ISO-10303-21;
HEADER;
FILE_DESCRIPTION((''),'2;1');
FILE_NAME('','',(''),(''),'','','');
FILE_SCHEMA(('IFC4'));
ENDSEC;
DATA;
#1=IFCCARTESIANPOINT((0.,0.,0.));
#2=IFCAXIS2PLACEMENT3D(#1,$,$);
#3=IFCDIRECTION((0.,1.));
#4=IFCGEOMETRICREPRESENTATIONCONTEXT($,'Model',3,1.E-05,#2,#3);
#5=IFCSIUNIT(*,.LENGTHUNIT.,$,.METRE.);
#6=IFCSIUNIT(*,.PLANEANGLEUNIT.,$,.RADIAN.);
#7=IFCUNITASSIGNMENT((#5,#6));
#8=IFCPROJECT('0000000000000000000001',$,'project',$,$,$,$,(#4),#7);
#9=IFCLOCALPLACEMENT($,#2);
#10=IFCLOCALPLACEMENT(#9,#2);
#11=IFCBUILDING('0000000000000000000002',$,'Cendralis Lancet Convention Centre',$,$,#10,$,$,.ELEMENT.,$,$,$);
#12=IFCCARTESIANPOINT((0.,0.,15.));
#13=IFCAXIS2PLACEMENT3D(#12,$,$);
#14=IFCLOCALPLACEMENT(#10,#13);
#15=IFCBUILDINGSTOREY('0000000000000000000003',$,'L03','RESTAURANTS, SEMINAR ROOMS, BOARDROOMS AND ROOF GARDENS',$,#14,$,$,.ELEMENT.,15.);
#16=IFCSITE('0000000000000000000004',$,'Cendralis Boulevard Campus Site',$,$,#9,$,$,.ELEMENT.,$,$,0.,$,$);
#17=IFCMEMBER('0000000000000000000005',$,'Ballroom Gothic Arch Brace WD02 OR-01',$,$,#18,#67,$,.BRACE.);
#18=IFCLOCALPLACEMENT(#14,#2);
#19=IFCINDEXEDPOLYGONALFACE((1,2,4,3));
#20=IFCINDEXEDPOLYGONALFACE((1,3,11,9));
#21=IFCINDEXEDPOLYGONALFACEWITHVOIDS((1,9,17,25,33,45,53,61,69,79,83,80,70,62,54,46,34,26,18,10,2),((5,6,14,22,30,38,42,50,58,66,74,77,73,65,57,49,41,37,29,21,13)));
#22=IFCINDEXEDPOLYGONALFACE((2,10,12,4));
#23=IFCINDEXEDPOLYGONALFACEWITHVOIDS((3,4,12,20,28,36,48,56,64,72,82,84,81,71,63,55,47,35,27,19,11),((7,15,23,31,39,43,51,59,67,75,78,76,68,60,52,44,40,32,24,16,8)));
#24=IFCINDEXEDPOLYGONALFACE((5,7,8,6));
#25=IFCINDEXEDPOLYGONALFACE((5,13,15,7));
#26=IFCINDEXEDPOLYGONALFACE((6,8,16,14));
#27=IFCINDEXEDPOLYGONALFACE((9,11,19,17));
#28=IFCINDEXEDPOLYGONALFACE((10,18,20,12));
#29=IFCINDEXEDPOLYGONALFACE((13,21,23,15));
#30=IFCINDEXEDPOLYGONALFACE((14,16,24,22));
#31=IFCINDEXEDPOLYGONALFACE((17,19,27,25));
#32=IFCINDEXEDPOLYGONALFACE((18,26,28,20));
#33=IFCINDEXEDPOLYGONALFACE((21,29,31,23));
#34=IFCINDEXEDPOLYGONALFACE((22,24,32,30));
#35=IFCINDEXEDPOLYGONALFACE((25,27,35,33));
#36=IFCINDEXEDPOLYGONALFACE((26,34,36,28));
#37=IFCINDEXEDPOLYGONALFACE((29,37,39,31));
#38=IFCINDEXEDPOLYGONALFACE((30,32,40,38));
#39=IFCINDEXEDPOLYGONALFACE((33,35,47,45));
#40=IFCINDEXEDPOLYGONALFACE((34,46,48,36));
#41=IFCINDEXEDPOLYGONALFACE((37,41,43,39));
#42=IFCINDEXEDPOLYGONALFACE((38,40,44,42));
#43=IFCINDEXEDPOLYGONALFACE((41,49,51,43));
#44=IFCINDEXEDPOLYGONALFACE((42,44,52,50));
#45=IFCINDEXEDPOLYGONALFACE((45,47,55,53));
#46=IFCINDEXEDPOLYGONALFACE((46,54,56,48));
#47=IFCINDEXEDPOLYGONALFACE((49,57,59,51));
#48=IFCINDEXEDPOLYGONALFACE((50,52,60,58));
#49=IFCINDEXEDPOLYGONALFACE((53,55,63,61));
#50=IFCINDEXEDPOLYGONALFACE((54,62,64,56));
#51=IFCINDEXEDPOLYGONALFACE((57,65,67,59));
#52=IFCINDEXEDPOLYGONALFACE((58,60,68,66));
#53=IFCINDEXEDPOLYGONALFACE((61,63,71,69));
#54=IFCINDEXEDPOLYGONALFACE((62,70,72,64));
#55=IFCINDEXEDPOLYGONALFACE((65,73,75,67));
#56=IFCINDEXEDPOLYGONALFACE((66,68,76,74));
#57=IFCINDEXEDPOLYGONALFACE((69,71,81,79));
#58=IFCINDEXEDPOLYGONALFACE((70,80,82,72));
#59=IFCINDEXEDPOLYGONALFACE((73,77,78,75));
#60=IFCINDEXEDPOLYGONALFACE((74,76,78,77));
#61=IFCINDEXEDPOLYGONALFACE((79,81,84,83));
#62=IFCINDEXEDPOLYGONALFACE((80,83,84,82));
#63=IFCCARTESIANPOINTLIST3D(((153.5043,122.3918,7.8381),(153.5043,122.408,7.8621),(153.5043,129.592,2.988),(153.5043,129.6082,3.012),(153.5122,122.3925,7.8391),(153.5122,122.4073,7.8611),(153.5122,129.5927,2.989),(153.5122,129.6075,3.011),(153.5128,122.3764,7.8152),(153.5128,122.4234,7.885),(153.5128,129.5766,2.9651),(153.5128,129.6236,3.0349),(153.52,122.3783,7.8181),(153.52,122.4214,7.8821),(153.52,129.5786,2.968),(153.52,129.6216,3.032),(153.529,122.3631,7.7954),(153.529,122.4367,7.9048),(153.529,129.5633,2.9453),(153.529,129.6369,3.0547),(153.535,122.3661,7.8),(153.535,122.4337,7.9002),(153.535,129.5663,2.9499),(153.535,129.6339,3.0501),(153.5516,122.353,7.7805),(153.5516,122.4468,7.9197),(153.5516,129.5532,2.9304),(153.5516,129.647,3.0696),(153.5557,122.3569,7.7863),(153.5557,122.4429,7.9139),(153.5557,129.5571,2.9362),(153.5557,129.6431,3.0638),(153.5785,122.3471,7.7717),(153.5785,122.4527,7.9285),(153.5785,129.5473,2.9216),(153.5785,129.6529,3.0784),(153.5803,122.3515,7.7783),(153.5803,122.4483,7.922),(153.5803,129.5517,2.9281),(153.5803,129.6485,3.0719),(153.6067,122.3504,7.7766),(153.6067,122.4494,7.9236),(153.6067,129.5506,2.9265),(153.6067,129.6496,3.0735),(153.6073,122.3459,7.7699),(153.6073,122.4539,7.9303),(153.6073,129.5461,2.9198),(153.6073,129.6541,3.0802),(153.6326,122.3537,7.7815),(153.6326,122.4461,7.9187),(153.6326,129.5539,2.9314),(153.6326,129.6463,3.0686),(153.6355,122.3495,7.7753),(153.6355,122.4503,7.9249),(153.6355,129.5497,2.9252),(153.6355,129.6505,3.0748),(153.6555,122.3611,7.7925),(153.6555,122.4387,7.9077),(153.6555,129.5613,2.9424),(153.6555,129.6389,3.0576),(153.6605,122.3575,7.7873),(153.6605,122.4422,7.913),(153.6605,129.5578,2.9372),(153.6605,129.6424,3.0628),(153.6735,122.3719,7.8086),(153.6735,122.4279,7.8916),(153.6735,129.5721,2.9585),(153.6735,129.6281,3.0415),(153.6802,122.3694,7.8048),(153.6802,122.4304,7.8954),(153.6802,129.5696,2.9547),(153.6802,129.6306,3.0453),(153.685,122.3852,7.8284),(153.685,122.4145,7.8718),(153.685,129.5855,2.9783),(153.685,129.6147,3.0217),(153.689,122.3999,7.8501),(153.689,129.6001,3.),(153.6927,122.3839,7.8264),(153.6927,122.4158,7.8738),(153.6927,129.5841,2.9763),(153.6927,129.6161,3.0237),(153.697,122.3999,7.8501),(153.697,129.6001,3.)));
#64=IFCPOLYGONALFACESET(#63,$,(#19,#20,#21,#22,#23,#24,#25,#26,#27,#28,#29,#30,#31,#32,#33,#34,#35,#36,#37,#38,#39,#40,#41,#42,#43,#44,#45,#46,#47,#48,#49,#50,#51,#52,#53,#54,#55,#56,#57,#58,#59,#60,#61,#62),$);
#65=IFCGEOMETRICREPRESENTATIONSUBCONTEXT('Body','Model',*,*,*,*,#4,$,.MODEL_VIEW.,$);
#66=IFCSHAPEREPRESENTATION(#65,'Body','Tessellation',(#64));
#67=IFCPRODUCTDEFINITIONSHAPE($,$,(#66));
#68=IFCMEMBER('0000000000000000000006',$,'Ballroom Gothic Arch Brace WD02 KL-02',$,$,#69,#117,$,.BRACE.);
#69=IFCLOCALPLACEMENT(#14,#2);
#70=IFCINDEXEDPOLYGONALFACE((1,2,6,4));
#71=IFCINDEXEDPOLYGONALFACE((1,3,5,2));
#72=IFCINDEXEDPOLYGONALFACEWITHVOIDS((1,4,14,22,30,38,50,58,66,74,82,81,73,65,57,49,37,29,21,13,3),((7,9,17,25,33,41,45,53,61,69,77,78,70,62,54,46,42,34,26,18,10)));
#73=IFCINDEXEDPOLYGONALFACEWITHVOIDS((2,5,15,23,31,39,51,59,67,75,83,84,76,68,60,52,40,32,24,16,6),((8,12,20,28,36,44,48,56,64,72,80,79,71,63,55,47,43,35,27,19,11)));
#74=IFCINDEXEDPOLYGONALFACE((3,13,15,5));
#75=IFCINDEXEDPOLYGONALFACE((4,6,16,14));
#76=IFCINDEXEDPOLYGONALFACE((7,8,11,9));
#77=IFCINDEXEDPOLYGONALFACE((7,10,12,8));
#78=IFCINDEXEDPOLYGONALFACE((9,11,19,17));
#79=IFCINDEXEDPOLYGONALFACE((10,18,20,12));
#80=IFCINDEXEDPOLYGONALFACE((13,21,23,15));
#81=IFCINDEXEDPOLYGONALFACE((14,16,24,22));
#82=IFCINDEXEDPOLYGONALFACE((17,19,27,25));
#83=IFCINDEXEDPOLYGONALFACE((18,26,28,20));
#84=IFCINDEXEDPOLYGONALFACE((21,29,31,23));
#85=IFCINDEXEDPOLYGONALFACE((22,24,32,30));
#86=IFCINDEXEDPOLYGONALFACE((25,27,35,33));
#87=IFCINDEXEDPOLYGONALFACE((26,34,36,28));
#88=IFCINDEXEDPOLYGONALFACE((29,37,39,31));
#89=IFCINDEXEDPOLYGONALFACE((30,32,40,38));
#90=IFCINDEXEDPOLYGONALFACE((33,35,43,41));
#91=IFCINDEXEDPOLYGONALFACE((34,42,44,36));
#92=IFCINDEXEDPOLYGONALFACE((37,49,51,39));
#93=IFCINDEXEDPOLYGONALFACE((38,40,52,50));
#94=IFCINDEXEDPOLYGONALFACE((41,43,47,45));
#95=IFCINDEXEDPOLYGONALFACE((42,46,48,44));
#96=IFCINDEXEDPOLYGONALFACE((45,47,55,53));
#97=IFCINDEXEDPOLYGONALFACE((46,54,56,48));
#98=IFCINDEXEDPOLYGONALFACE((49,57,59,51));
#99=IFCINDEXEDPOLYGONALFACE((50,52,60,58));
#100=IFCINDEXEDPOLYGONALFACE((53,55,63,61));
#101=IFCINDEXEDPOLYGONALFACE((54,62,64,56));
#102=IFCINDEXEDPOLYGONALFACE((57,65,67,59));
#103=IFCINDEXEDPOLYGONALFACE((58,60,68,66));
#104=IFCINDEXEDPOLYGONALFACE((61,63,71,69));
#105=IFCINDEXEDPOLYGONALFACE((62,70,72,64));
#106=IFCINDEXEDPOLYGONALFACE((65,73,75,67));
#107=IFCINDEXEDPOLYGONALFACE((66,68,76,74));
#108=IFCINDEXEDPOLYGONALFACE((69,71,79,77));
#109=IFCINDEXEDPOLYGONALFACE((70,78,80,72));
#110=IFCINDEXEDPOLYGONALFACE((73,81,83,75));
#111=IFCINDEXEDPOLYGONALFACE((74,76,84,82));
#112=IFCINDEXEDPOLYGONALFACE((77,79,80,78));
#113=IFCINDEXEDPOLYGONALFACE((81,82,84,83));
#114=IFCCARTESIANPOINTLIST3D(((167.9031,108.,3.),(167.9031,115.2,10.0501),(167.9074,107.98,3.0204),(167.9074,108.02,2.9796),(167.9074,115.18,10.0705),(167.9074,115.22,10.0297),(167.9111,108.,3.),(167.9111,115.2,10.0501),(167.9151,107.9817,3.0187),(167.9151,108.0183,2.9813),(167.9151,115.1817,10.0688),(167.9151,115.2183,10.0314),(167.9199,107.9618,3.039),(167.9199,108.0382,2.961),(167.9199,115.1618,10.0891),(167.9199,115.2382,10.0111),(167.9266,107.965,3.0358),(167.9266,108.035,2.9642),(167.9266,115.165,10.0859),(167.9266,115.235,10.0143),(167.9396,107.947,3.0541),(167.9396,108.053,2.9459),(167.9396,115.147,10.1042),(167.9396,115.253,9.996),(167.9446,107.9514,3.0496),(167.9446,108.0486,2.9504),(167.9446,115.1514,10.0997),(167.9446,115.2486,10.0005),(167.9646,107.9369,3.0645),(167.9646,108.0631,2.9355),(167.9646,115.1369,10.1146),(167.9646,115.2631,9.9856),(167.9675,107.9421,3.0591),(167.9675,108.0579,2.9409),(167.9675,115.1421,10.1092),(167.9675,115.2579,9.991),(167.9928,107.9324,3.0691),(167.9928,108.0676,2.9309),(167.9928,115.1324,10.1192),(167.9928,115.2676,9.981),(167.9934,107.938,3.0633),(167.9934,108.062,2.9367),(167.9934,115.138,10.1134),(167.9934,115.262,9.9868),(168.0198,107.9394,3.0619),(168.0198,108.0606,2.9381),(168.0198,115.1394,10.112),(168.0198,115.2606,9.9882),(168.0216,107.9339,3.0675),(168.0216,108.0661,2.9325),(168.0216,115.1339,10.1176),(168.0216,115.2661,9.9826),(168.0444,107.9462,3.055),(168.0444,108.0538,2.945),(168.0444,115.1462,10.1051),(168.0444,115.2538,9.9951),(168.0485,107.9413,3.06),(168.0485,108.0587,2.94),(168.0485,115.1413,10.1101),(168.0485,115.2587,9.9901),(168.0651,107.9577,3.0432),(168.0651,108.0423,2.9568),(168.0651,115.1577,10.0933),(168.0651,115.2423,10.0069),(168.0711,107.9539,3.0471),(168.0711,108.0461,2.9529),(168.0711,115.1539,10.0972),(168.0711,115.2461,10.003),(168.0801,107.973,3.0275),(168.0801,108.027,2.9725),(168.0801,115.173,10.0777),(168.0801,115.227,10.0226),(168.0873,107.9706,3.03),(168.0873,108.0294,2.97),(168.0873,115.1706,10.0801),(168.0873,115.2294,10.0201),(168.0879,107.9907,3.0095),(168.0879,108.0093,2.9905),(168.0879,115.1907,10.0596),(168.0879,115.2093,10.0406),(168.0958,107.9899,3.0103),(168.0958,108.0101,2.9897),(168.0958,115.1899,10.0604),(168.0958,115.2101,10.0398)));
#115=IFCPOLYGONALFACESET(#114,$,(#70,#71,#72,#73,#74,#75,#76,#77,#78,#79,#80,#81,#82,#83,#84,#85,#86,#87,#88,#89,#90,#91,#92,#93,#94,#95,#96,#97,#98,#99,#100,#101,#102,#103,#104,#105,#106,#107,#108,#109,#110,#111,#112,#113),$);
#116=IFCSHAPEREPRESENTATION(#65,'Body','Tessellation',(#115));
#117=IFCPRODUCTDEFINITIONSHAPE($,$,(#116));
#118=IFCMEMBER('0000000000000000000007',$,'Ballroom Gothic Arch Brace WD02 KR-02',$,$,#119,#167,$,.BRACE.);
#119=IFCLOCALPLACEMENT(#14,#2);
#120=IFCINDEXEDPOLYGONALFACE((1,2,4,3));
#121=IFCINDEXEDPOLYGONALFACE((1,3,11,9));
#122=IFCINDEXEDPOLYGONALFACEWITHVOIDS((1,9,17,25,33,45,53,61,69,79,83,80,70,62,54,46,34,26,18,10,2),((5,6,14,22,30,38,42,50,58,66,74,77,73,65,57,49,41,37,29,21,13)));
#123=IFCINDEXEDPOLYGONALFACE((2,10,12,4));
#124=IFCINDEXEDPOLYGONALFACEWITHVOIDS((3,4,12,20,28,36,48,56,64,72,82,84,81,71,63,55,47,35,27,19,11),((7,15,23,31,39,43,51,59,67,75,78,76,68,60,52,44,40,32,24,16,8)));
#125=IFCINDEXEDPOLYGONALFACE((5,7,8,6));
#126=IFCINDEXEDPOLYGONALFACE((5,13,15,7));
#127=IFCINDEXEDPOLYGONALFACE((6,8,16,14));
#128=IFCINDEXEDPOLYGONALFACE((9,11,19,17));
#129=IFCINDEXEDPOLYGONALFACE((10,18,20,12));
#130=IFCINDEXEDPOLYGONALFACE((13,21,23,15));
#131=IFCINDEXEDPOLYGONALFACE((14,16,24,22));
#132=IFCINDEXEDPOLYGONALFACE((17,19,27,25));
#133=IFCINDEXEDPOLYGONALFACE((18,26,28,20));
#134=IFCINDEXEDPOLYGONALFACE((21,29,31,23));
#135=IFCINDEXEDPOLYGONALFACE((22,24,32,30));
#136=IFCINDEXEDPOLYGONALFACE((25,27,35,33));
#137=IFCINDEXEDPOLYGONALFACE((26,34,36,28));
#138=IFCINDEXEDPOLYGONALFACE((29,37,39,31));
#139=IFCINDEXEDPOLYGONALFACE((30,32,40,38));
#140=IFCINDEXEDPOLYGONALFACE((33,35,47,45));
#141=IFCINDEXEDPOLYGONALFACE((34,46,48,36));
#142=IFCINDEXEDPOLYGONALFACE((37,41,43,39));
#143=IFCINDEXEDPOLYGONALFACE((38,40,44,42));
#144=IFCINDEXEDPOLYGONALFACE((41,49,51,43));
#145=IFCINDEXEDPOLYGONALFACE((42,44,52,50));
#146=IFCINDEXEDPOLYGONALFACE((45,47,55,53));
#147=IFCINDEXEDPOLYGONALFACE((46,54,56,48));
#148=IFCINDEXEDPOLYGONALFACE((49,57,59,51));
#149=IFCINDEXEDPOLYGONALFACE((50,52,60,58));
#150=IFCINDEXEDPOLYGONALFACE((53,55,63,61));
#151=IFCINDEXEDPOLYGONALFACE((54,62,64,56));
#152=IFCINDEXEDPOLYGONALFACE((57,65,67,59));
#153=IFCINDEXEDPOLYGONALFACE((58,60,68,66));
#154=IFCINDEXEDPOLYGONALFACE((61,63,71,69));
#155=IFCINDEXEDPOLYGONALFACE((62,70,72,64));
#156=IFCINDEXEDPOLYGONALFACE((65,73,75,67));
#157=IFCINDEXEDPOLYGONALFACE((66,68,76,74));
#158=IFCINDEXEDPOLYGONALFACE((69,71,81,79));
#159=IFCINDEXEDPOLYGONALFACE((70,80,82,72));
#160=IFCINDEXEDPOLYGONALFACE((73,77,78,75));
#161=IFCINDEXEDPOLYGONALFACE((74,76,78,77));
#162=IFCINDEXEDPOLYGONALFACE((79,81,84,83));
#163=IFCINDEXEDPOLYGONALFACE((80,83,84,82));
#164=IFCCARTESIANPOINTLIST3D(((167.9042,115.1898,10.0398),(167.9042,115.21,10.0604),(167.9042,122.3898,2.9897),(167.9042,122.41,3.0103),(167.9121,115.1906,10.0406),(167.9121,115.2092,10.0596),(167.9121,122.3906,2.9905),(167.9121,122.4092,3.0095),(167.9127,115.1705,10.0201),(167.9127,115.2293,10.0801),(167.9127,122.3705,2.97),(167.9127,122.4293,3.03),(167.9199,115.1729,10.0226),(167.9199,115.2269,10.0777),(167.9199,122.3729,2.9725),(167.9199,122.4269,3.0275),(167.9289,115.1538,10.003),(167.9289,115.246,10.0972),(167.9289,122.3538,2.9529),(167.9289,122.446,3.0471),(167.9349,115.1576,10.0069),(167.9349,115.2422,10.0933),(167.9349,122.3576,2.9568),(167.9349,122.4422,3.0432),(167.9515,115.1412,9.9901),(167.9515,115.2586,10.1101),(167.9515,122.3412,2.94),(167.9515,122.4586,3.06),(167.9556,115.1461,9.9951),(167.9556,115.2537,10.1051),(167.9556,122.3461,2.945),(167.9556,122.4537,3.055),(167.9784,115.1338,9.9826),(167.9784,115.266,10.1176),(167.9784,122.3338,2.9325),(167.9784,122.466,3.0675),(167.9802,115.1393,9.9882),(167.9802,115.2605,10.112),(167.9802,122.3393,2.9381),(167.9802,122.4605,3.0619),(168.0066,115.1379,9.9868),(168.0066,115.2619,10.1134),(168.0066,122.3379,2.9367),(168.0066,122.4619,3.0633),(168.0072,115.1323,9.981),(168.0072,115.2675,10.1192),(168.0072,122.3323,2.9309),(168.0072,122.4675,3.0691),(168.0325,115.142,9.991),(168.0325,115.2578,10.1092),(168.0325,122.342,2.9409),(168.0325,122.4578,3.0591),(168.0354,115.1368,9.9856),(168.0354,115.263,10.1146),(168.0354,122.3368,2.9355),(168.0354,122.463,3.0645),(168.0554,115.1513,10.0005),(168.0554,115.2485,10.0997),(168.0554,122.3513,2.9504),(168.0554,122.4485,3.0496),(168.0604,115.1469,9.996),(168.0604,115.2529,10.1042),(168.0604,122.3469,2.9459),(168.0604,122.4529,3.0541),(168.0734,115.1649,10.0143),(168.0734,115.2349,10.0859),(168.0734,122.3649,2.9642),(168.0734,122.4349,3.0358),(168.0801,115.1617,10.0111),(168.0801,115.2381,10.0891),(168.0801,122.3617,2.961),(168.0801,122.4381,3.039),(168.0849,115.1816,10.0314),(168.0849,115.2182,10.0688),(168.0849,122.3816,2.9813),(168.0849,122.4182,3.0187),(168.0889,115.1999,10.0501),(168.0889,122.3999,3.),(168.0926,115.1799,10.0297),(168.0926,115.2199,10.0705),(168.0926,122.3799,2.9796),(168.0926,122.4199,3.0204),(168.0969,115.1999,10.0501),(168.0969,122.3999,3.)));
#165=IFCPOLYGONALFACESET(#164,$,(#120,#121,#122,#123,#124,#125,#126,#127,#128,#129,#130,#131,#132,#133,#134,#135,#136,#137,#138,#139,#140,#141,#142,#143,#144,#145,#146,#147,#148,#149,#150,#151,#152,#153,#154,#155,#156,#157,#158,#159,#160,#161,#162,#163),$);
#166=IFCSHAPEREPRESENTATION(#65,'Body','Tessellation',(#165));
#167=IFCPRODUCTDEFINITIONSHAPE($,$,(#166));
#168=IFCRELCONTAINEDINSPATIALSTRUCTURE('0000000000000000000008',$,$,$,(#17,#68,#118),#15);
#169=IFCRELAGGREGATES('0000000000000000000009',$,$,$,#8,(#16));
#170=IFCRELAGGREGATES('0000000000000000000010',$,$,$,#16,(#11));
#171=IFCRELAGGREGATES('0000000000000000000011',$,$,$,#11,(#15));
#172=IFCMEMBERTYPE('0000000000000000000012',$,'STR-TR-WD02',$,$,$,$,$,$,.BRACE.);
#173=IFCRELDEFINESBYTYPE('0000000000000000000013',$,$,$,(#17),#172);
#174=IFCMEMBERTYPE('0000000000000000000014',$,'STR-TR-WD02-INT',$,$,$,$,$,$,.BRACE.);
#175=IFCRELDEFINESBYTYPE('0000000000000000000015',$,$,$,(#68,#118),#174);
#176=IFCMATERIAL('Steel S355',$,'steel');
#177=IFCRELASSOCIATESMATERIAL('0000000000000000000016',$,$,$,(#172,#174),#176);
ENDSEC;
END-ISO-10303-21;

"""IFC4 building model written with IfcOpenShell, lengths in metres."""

from ifc_helpers import new_model, si_unit, direction, frame, origin, origin_2d, place, context, subcontext, project, spatial, hollow_circle, extrude, material, material_profile, profile_set, type_object, element, save


model = new_model("IFC4")

# Units and contexts
model_context = context("Model", 3, precision=1e-05, world=origin(), true_north=direction((0.0, 1.0)))
body_context = subcontext(model_context, "Body", "Model", "MODEL_VIEW")
ifc_project = project(units=[si_unit("LENGTHUNIT", "METRE"), si_unit("PLANEANGLEUNIT", "RADIAN")], contexts=[model_context])

# Site, building, storey
site_placement = place(None, origin())
site = spatial("IfcSite", under=ifc_project, at=site_placement, Name="Cendralis Boulevard Campus Site", CompositionType="ELEMENT", RefElevation=0.0)
building_placement = place(site_placement, origin())
building = spatial("IfcBuilding", under=site, at=building_placement, Name="Cendralis Lancet Convention Centre", CompositionType="ELEMENT")
storey_placement = place(building_placement, frame((0.0, 0.0, 15.0)))
storey = spatial("IfcBuildingStorey", under=building, at=storey_placement, Name="L03", Description="RESTAURANTS, SEMINAR ROOMS, BOARDROOMS AND ROOF GARDENS", CompositionType="ELEMENT", Elevation=15.0)

# Shared definitions
ifc_material_1 = material(Name="Steel S355", Category="steel")

# Members
ifc_material_profile_1 = material_profile(ifc_material_1, hollow_circle(Radius=0.0969, WallThickness=0.0081, at=origin_2d()), Name="CHS 193.7x8.0")
ifc_profile_set_1 = profile_set([ifc_material_profile_1], Name="Steel S355")
member_type_1 = type_object("IfcMemberType", Name="STR-TR-WD02", PredefinedType="BRACE", material=ifc_profile_set_1)
member_1_placement = place(storey_placement, frame((153.6001, 129.6001, 3.0), z_axis=(0.0, -0.829384, 0.558679), x_axis=(1.0, 0.0, 0.0)))
element("IfcMember", 1, at=member_1_placement, inside=storey, type_object=member_type_1, Name="Ballroom Gothic Arch Brace WD02 OR-01", PredefinedType="BRACE", context=body_context, shape_type="SweptSolid", body=[
    extrude(hollow_circle(Radius=0.0969, WallThickness=0.0081, at=origin_2d()), origin(), (0.0, 0.0, 1.0), 8.6814),
])
ifc_material_profile_2 = material_profile(ifc_material_1, hollow_circle(Radius=0.0969, WallThickness=0.0081, at=origin_2d()), Name="CHS 193.7x8.0")
ifc_profile_set_2 = profile_set([ifc_material_profile_2], Name="Steel S355")
member_type_2 = type_object("IfcMemberType", Name="STR-TR-WD02-INT", PredefinedType="BRACE", material=ifc_profile_set_2)
for number, where, z_axis, x_axis, name in (
    (2, (168.0, 108.0, 3.0), (0.0, 0.714506, 0.69963), (-1.0, 0.0, 0.0), "Ballroom Gothic Arch Brace WD02 KL-02"),
    (3, (168.0, 122.3999, 3.0), (0.0, -0.714506, 0.69963), (1.0, 0.0, 0.0), "Ballroom Gothic Arch Brace WD02 KR-02"),
):
    element("IfcMember", number, at=place(storey_placement, frame(where, z_axis=z_axis, x_axis=x_axis)), inside=storey, type_object=member_type_2, Name=name, PredefinedType="BRACE", context=body_context, shape_type="SweptSolid", body=[
        extrude(hollow_circle(Radius=0.0969, WallThickness=0.0081, at=origin_2d()), origin(), (0.0, 0.0, 1.0), 10.0769),
    ])

save(model, "model.ifc")
